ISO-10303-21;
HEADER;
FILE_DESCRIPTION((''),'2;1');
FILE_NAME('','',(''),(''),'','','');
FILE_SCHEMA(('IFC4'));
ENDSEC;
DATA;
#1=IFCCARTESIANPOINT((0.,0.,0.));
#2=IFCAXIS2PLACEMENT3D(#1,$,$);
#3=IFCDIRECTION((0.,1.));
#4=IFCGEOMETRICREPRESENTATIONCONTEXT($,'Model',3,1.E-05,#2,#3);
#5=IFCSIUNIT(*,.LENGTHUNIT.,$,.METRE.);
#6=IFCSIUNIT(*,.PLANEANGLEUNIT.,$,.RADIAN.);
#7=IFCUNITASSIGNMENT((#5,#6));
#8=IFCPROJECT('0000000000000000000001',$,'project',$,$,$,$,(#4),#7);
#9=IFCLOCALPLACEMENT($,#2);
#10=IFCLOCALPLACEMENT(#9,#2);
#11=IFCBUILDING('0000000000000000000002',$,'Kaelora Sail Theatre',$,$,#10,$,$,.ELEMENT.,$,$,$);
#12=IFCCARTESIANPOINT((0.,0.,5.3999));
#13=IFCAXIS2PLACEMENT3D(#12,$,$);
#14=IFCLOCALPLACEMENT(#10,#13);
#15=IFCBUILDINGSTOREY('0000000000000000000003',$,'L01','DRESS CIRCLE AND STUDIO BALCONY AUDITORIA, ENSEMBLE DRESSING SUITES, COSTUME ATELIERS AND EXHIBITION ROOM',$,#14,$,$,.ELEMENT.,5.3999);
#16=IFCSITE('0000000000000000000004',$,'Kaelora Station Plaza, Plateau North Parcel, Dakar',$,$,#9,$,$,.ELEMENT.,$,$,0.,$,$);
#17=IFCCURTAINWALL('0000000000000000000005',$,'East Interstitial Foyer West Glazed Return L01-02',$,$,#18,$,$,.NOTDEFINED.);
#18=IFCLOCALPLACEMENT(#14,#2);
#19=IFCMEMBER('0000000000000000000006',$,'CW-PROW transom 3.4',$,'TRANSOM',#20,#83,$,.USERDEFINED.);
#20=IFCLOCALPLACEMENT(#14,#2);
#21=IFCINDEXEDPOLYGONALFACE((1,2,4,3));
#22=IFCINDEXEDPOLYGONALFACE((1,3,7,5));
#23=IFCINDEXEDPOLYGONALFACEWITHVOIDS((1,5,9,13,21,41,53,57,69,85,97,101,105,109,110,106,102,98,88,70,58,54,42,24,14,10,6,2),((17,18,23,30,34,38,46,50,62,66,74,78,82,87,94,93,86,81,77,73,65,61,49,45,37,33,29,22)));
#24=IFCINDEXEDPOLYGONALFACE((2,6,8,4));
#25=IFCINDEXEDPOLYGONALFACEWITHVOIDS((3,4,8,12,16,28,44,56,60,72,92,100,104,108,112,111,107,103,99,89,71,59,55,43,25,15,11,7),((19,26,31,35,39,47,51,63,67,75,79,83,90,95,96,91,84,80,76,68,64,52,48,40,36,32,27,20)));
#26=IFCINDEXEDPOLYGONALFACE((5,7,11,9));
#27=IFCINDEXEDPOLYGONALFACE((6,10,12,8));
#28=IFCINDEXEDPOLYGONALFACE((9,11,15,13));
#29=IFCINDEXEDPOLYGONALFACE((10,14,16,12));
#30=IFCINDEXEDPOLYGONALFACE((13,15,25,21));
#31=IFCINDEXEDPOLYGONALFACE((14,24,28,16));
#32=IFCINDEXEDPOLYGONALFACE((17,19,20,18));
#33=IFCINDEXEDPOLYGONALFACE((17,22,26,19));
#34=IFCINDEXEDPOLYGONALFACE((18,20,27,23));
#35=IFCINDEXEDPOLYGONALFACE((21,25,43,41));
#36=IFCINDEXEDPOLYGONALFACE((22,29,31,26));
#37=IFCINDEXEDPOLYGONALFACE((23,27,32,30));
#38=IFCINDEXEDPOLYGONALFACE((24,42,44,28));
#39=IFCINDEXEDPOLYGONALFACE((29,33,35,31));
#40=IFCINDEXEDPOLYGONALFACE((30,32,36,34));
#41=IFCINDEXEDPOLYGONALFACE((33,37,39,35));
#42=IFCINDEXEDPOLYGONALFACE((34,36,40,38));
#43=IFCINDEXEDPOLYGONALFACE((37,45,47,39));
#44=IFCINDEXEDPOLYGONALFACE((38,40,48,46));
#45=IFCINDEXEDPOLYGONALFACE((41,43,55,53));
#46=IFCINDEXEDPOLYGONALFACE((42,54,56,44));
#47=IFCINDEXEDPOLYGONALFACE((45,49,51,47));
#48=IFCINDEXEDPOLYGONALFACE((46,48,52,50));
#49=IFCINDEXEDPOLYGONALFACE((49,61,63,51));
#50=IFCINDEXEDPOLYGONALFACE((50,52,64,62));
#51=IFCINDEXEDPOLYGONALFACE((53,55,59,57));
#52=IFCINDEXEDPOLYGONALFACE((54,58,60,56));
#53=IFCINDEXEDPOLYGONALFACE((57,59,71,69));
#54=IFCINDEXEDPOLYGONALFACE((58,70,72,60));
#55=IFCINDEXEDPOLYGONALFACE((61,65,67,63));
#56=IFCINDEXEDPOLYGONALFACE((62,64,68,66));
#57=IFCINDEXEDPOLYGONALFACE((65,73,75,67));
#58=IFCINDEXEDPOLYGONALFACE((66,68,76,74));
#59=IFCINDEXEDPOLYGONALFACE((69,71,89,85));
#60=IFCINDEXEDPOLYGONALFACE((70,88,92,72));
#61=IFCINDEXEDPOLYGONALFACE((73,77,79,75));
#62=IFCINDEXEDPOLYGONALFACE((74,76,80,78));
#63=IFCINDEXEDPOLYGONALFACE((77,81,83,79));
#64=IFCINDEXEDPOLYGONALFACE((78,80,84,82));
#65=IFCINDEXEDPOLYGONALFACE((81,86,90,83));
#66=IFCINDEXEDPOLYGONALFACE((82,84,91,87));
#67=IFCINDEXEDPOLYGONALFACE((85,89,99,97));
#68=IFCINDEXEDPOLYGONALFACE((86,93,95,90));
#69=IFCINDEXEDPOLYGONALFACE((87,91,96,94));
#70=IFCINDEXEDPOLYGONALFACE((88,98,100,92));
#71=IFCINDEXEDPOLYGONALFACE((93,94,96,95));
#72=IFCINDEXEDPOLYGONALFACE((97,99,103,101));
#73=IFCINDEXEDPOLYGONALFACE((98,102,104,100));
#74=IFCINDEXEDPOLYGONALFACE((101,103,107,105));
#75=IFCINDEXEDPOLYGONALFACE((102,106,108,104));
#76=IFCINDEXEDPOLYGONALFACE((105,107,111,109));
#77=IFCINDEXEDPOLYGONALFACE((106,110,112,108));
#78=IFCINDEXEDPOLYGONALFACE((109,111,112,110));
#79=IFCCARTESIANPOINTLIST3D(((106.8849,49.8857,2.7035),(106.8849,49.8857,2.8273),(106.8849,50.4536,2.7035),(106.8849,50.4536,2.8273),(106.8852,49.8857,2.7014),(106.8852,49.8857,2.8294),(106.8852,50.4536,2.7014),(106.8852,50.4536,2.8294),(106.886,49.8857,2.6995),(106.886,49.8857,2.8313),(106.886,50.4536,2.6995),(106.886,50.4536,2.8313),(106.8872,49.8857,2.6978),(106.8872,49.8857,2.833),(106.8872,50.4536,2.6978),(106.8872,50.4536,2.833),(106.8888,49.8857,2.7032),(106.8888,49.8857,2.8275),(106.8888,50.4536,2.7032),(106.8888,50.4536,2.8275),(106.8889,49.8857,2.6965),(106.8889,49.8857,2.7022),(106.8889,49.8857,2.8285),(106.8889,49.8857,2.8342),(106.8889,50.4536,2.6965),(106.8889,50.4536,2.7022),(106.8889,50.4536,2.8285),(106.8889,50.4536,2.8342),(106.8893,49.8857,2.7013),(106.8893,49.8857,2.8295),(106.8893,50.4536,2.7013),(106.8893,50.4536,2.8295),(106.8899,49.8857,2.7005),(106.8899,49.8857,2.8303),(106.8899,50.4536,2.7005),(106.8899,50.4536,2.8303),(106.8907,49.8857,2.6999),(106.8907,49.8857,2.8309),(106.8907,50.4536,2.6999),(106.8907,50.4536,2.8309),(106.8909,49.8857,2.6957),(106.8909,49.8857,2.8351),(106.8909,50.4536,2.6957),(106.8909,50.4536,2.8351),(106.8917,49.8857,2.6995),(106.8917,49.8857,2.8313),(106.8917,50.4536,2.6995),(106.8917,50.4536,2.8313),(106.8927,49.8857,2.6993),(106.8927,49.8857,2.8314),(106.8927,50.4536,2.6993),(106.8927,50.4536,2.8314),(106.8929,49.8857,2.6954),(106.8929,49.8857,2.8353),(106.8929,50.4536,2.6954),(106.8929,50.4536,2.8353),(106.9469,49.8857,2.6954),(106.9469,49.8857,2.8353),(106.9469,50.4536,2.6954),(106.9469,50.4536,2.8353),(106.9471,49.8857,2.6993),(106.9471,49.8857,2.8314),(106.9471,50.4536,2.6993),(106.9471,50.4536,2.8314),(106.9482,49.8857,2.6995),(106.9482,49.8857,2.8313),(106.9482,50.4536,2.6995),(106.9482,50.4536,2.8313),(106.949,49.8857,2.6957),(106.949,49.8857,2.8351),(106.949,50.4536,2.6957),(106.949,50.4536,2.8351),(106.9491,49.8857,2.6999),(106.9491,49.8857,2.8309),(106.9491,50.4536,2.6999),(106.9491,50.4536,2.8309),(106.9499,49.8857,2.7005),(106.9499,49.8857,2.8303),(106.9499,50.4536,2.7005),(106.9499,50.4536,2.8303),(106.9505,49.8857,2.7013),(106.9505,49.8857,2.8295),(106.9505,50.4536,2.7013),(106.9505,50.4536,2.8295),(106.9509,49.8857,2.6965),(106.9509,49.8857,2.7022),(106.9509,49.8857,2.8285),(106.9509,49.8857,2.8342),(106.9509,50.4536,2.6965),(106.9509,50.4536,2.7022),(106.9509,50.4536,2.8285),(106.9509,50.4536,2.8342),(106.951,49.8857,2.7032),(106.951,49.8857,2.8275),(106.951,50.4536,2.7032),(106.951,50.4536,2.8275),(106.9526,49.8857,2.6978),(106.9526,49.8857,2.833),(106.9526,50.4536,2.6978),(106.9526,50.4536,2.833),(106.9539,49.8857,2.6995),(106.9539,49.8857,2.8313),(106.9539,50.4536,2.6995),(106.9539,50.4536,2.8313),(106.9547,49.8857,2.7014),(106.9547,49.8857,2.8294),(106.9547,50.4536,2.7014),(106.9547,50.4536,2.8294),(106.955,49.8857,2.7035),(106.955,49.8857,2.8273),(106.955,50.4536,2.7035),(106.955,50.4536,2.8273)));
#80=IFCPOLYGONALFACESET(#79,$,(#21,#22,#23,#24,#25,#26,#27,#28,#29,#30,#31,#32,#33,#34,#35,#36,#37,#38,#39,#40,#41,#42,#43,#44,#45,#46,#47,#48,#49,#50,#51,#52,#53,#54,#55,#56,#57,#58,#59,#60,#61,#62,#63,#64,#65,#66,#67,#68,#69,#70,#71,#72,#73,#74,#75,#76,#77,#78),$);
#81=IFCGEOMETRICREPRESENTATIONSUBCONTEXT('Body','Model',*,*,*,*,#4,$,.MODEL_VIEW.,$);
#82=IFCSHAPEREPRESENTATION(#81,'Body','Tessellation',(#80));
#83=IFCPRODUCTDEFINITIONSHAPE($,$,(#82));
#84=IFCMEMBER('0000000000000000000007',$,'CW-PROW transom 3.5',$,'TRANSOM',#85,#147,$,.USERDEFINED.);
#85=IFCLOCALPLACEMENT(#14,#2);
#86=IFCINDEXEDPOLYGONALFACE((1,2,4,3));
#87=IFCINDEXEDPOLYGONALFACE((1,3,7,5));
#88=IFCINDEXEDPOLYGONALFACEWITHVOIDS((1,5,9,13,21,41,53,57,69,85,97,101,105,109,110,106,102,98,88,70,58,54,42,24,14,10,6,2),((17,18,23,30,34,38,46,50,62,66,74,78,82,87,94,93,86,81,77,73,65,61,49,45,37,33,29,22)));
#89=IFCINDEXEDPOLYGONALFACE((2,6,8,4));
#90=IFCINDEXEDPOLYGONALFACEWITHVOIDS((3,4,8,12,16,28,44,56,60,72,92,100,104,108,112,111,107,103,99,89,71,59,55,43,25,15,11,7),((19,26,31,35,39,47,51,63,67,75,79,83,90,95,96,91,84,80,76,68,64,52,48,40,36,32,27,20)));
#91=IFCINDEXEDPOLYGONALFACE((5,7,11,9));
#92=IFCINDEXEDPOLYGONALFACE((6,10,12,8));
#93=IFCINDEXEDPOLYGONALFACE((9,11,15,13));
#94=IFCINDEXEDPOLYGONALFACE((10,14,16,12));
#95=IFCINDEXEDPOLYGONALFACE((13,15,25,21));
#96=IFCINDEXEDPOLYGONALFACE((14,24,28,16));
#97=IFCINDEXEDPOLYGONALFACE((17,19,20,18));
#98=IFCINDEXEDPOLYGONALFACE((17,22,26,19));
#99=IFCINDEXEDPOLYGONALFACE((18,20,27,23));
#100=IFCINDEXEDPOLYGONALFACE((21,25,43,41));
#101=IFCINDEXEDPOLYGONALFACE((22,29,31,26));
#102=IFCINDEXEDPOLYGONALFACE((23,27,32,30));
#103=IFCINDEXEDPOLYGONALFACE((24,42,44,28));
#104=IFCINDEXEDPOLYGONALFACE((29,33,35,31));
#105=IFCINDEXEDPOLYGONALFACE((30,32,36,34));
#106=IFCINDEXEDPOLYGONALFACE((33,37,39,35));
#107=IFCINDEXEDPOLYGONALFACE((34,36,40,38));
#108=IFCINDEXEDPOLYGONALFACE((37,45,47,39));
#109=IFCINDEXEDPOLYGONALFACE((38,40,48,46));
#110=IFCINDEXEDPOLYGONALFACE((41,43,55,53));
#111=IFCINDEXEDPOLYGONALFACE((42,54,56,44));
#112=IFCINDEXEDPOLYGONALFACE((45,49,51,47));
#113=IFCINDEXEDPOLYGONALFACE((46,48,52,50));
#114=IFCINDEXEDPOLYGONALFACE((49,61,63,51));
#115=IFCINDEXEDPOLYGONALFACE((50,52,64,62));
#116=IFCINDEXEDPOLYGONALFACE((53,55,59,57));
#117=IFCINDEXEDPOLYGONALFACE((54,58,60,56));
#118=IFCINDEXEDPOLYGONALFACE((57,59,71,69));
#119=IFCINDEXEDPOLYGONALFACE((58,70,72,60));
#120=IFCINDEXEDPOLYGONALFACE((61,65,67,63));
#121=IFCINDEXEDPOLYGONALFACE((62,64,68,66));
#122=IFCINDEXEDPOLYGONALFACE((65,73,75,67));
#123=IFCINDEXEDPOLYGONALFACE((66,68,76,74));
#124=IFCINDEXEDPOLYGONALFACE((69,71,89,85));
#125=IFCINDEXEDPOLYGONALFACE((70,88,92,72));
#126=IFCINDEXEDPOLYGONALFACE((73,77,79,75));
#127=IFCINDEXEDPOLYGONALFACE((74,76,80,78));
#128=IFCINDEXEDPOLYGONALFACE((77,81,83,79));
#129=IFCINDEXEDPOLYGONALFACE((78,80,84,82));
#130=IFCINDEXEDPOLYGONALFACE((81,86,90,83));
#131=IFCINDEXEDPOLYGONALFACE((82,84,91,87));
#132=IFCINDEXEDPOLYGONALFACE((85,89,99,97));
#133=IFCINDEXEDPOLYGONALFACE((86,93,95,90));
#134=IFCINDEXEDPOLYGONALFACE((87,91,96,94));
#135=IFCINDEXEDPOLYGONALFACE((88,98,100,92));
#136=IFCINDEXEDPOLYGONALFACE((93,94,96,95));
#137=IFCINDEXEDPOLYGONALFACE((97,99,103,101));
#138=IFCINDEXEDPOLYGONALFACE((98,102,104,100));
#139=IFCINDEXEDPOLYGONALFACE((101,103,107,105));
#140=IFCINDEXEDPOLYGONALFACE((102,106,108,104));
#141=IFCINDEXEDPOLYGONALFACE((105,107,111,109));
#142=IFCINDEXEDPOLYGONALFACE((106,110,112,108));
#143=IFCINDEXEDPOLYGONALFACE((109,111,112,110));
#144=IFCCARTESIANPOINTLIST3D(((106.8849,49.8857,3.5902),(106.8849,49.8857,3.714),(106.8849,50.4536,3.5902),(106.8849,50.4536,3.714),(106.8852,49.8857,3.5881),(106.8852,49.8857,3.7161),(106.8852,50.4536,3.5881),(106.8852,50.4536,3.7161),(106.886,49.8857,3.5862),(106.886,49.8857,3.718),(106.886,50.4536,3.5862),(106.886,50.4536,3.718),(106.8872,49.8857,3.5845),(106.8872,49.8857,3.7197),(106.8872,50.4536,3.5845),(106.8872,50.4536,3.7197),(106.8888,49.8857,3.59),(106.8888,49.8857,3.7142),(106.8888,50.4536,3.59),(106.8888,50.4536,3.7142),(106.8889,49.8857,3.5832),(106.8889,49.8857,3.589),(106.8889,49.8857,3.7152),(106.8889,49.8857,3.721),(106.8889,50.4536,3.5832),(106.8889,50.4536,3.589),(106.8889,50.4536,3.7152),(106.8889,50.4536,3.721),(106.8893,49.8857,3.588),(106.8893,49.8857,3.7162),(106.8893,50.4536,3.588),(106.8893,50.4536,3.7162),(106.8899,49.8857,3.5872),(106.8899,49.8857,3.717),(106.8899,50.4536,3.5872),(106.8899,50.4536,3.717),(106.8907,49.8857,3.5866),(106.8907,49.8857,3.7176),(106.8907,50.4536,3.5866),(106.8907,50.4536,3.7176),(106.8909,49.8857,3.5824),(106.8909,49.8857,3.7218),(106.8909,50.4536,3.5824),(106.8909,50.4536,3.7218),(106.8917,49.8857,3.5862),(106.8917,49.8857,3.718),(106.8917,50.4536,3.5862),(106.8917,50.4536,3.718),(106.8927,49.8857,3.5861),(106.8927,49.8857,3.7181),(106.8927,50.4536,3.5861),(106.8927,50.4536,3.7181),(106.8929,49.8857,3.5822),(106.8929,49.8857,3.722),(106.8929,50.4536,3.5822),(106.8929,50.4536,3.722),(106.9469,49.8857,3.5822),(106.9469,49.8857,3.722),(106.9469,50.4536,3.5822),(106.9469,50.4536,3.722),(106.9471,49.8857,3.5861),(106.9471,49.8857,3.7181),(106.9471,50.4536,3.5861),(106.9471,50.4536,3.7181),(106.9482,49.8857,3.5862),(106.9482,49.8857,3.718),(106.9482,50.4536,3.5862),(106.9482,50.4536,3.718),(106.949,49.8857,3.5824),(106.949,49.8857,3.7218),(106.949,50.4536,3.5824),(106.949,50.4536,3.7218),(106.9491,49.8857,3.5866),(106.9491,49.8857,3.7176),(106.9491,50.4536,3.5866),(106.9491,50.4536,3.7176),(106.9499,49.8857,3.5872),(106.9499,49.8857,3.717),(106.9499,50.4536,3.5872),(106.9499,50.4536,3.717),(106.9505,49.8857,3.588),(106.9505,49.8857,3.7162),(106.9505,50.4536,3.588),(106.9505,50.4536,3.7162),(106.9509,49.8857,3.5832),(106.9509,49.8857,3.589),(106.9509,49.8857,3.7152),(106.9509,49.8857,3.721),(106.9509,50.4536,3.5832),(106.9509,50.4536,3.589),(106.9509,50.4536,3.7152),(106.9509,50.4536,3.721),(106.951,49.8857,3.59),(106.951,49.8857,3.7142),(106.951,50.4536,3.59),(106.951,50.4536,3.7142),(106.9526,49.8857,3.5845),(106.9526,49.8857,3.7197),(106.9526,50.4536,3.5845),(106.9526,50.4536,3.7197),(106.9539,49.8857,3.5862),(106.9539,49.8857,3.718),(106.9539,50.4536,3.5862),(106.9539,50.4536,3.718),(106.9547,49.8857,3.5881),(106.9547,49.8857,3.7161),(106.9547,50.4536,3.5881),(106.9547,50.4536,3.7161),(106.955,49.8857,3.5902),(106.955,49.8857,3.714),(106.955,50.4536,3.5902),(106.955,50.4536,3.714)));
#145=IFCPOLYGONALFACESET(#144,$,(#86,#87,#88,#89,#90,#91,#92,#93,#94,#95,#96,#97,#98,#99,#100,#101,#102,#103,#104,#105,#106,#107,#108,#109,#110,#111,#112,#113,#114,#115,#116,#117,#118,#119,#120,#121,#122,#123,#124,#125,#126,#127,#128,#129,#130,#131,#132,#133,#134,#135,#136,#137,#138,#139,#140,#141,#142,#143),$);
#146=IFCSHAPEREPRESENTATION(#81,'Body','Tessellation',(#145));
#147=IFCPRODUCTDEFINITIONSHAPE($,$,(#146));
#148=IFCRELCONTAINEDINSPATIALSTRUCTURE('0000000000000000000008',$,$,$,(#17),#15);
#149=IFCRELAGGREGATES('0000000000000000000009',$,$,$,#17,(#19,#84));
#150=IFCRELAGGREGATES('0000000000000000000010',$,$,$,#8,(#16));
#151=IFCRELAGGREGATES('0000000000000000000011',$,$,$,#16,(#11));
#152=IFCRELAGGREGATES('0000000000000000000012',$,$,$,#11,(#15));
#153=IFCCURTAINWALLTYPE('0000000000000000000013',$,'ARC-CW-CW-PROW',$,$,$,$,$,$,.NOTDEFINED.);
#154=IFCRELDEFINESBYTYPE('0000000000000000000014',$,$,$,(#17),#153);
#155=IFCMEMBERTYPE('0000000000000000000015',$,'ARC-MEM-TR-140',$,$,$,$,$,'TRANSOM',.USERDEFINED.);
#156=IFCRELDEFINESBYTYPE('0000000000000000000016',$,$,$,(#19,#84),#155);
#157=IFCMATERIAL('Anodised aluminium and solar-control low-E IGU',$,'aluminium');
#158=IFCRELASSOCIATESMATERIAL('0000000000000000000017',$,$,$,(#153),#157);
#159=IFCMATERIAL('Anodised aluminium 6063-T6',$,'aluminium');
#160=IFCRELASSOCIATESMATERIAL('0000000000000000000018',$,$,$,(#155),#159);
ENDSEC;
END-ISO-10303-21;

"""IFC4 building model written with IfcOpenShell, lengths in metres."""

from ifc_helpers import new_model, si_unit, direction, frame, origin, origin_2d, place, context, subcontext, project, spatial, hollow_rectangle, extrude, material, material_profile, profile_set, type_object, element, aggregate, save


model = new_model("IFC4")

# Units and contexts
model_context = context("Model", 3, precision=1e-05, world=origin(), true_north=direction((0.0, 1.0)))
body_context = subcontext(model_context, "Body", "Model", "MODEL_VIEW")
ifc_project = project(units=[si_unit("LENGTHUNIT", "METRE"), si_unit("PLANEANGLEUNIT", "RADIAN")], contexts=[model_context])

# Site, building, storey
site_placement = place(None, origin())
site = spatial("IfcSite", under=ifc_project, at=site_placement, Name="Kaelora Station Plaza, Plateau North Parcel, Dakar", CompositionType="ELEMENT", RefElevation=0.0)
building_placement = place(site_placement, origin())
building = spatial("IfcBuilding", under=site, at=building_placement, Name="Kaelora Sail Theatre", CompositionType="ELEMENT")
storey_placement = place(building_placement, frame((0.0, 0.0, 5.3999)))
storey = spatial("IfcBuildingStorey", under=building, at=storey_placement, Name="L01", Description="DRESS CIRCLE AND STUDIO BALCONY AUDITORIA, ENSEMBLE DRESSING SUITES, COSTUME ATELIERS AND EXHIBITION ROOM", CompositionType="ELEMENT", Elevation=5.3999)

# Curtain wall, members
ifc_material_1 = material(Name="Anodised aluminium and solar-control low-E IGU", Category="aluminium")
curtain_wall_type = type_object("IfcCurtainWallType", Name="ARC-CW-CW-PROW", PredefinedType="NOTDEFINED", material=ifc_material_1)
curtain_wall_placement = place(storey_placement, origin())
curtain_wall = element("IfcCurtainWall", 1, at=curtain_wall_placement, inside=storey, type_object=curtain_wall_type, Name="East Interstitial Foyer West Glazed Return L01-02", PredefinedType="NOTDEFINED")
ifc_material_2 = material(Name="Anodised aluminium 6063-T6", Category="aluminium")
ifc_material_profile_1 = material_profile(ifc_material_2, hollow_rectangle(XDim=0.0701, YDim=0.1399, WallThickness=0.0039, InnerFilletRadius=0.0039, OuterFilletRadius=0.0081, at=origin_2d()), Name="ALU-TRAN 70x140x4")
ifc_profile_set_1 = profile_set([ifc_material_profile_1], Name="Anodised aluminium 6063-T6")
member_type_1 = type_object("IfcMemberType", Name="ARC-MEM-TR-140", ElementType="TRANSOM", PredefinedType="USERDEFINED", material=ifc_profile_set_1)
member_1_placement = place(storey_placement, frame((106.9199, 49.8857, 2.7654), z_axis=(0.0, 1.0, 0.0), x_axis=(-1.0, 0.0, 0.0)))
member_1 = element("IfcMember", 2, at=member_1_placement, type_object=member_type_1, Name="CW-PROW transom 3.4", ObjectType="TRANSOM", PredefinedType="USERDEFINED", context=body_context, shape_type="SweptSolid", body=[
    extrude(hollow_rectangle(XDim=0.0701, YDim=0.1399, WallThickness=0.0039, InnerFilletRadius=0.0039, OuterFilletRadius=0.0081, at=origin_2d()), origin(), (0.0, 0.0, 1.0), 0.5679),
])
member_2_placement = place(storey_placement, frame((106.9199, 49.8857, 3.6521), z_axis=(0.0, 1.0, 0.0), x_axis=(-1.0, 0.0, 0.0)))
member_2 = element("IfcMember", 3, at=member_2_placement, type_object=member_type_1, Name="CW-PROW transom 3.5", ObjectType="TRANSOM", PredefinedType="USERDEFINED", context=body_context, shape_type="SweptSolid", body=[
    extrude(hollow_rectangle(XDim=0.0701, YDim=0.1399, WallThickness=0.0039, InnerFilletRadius=0.0039, OuterFilletRadius=0.0081, at=origin_2d()), origin(), (0.0, 0.0, 1.0), 0.5679),
])

aggregate(curtain_wall, [member_1, member_2])

save(model, "model.ifc")
